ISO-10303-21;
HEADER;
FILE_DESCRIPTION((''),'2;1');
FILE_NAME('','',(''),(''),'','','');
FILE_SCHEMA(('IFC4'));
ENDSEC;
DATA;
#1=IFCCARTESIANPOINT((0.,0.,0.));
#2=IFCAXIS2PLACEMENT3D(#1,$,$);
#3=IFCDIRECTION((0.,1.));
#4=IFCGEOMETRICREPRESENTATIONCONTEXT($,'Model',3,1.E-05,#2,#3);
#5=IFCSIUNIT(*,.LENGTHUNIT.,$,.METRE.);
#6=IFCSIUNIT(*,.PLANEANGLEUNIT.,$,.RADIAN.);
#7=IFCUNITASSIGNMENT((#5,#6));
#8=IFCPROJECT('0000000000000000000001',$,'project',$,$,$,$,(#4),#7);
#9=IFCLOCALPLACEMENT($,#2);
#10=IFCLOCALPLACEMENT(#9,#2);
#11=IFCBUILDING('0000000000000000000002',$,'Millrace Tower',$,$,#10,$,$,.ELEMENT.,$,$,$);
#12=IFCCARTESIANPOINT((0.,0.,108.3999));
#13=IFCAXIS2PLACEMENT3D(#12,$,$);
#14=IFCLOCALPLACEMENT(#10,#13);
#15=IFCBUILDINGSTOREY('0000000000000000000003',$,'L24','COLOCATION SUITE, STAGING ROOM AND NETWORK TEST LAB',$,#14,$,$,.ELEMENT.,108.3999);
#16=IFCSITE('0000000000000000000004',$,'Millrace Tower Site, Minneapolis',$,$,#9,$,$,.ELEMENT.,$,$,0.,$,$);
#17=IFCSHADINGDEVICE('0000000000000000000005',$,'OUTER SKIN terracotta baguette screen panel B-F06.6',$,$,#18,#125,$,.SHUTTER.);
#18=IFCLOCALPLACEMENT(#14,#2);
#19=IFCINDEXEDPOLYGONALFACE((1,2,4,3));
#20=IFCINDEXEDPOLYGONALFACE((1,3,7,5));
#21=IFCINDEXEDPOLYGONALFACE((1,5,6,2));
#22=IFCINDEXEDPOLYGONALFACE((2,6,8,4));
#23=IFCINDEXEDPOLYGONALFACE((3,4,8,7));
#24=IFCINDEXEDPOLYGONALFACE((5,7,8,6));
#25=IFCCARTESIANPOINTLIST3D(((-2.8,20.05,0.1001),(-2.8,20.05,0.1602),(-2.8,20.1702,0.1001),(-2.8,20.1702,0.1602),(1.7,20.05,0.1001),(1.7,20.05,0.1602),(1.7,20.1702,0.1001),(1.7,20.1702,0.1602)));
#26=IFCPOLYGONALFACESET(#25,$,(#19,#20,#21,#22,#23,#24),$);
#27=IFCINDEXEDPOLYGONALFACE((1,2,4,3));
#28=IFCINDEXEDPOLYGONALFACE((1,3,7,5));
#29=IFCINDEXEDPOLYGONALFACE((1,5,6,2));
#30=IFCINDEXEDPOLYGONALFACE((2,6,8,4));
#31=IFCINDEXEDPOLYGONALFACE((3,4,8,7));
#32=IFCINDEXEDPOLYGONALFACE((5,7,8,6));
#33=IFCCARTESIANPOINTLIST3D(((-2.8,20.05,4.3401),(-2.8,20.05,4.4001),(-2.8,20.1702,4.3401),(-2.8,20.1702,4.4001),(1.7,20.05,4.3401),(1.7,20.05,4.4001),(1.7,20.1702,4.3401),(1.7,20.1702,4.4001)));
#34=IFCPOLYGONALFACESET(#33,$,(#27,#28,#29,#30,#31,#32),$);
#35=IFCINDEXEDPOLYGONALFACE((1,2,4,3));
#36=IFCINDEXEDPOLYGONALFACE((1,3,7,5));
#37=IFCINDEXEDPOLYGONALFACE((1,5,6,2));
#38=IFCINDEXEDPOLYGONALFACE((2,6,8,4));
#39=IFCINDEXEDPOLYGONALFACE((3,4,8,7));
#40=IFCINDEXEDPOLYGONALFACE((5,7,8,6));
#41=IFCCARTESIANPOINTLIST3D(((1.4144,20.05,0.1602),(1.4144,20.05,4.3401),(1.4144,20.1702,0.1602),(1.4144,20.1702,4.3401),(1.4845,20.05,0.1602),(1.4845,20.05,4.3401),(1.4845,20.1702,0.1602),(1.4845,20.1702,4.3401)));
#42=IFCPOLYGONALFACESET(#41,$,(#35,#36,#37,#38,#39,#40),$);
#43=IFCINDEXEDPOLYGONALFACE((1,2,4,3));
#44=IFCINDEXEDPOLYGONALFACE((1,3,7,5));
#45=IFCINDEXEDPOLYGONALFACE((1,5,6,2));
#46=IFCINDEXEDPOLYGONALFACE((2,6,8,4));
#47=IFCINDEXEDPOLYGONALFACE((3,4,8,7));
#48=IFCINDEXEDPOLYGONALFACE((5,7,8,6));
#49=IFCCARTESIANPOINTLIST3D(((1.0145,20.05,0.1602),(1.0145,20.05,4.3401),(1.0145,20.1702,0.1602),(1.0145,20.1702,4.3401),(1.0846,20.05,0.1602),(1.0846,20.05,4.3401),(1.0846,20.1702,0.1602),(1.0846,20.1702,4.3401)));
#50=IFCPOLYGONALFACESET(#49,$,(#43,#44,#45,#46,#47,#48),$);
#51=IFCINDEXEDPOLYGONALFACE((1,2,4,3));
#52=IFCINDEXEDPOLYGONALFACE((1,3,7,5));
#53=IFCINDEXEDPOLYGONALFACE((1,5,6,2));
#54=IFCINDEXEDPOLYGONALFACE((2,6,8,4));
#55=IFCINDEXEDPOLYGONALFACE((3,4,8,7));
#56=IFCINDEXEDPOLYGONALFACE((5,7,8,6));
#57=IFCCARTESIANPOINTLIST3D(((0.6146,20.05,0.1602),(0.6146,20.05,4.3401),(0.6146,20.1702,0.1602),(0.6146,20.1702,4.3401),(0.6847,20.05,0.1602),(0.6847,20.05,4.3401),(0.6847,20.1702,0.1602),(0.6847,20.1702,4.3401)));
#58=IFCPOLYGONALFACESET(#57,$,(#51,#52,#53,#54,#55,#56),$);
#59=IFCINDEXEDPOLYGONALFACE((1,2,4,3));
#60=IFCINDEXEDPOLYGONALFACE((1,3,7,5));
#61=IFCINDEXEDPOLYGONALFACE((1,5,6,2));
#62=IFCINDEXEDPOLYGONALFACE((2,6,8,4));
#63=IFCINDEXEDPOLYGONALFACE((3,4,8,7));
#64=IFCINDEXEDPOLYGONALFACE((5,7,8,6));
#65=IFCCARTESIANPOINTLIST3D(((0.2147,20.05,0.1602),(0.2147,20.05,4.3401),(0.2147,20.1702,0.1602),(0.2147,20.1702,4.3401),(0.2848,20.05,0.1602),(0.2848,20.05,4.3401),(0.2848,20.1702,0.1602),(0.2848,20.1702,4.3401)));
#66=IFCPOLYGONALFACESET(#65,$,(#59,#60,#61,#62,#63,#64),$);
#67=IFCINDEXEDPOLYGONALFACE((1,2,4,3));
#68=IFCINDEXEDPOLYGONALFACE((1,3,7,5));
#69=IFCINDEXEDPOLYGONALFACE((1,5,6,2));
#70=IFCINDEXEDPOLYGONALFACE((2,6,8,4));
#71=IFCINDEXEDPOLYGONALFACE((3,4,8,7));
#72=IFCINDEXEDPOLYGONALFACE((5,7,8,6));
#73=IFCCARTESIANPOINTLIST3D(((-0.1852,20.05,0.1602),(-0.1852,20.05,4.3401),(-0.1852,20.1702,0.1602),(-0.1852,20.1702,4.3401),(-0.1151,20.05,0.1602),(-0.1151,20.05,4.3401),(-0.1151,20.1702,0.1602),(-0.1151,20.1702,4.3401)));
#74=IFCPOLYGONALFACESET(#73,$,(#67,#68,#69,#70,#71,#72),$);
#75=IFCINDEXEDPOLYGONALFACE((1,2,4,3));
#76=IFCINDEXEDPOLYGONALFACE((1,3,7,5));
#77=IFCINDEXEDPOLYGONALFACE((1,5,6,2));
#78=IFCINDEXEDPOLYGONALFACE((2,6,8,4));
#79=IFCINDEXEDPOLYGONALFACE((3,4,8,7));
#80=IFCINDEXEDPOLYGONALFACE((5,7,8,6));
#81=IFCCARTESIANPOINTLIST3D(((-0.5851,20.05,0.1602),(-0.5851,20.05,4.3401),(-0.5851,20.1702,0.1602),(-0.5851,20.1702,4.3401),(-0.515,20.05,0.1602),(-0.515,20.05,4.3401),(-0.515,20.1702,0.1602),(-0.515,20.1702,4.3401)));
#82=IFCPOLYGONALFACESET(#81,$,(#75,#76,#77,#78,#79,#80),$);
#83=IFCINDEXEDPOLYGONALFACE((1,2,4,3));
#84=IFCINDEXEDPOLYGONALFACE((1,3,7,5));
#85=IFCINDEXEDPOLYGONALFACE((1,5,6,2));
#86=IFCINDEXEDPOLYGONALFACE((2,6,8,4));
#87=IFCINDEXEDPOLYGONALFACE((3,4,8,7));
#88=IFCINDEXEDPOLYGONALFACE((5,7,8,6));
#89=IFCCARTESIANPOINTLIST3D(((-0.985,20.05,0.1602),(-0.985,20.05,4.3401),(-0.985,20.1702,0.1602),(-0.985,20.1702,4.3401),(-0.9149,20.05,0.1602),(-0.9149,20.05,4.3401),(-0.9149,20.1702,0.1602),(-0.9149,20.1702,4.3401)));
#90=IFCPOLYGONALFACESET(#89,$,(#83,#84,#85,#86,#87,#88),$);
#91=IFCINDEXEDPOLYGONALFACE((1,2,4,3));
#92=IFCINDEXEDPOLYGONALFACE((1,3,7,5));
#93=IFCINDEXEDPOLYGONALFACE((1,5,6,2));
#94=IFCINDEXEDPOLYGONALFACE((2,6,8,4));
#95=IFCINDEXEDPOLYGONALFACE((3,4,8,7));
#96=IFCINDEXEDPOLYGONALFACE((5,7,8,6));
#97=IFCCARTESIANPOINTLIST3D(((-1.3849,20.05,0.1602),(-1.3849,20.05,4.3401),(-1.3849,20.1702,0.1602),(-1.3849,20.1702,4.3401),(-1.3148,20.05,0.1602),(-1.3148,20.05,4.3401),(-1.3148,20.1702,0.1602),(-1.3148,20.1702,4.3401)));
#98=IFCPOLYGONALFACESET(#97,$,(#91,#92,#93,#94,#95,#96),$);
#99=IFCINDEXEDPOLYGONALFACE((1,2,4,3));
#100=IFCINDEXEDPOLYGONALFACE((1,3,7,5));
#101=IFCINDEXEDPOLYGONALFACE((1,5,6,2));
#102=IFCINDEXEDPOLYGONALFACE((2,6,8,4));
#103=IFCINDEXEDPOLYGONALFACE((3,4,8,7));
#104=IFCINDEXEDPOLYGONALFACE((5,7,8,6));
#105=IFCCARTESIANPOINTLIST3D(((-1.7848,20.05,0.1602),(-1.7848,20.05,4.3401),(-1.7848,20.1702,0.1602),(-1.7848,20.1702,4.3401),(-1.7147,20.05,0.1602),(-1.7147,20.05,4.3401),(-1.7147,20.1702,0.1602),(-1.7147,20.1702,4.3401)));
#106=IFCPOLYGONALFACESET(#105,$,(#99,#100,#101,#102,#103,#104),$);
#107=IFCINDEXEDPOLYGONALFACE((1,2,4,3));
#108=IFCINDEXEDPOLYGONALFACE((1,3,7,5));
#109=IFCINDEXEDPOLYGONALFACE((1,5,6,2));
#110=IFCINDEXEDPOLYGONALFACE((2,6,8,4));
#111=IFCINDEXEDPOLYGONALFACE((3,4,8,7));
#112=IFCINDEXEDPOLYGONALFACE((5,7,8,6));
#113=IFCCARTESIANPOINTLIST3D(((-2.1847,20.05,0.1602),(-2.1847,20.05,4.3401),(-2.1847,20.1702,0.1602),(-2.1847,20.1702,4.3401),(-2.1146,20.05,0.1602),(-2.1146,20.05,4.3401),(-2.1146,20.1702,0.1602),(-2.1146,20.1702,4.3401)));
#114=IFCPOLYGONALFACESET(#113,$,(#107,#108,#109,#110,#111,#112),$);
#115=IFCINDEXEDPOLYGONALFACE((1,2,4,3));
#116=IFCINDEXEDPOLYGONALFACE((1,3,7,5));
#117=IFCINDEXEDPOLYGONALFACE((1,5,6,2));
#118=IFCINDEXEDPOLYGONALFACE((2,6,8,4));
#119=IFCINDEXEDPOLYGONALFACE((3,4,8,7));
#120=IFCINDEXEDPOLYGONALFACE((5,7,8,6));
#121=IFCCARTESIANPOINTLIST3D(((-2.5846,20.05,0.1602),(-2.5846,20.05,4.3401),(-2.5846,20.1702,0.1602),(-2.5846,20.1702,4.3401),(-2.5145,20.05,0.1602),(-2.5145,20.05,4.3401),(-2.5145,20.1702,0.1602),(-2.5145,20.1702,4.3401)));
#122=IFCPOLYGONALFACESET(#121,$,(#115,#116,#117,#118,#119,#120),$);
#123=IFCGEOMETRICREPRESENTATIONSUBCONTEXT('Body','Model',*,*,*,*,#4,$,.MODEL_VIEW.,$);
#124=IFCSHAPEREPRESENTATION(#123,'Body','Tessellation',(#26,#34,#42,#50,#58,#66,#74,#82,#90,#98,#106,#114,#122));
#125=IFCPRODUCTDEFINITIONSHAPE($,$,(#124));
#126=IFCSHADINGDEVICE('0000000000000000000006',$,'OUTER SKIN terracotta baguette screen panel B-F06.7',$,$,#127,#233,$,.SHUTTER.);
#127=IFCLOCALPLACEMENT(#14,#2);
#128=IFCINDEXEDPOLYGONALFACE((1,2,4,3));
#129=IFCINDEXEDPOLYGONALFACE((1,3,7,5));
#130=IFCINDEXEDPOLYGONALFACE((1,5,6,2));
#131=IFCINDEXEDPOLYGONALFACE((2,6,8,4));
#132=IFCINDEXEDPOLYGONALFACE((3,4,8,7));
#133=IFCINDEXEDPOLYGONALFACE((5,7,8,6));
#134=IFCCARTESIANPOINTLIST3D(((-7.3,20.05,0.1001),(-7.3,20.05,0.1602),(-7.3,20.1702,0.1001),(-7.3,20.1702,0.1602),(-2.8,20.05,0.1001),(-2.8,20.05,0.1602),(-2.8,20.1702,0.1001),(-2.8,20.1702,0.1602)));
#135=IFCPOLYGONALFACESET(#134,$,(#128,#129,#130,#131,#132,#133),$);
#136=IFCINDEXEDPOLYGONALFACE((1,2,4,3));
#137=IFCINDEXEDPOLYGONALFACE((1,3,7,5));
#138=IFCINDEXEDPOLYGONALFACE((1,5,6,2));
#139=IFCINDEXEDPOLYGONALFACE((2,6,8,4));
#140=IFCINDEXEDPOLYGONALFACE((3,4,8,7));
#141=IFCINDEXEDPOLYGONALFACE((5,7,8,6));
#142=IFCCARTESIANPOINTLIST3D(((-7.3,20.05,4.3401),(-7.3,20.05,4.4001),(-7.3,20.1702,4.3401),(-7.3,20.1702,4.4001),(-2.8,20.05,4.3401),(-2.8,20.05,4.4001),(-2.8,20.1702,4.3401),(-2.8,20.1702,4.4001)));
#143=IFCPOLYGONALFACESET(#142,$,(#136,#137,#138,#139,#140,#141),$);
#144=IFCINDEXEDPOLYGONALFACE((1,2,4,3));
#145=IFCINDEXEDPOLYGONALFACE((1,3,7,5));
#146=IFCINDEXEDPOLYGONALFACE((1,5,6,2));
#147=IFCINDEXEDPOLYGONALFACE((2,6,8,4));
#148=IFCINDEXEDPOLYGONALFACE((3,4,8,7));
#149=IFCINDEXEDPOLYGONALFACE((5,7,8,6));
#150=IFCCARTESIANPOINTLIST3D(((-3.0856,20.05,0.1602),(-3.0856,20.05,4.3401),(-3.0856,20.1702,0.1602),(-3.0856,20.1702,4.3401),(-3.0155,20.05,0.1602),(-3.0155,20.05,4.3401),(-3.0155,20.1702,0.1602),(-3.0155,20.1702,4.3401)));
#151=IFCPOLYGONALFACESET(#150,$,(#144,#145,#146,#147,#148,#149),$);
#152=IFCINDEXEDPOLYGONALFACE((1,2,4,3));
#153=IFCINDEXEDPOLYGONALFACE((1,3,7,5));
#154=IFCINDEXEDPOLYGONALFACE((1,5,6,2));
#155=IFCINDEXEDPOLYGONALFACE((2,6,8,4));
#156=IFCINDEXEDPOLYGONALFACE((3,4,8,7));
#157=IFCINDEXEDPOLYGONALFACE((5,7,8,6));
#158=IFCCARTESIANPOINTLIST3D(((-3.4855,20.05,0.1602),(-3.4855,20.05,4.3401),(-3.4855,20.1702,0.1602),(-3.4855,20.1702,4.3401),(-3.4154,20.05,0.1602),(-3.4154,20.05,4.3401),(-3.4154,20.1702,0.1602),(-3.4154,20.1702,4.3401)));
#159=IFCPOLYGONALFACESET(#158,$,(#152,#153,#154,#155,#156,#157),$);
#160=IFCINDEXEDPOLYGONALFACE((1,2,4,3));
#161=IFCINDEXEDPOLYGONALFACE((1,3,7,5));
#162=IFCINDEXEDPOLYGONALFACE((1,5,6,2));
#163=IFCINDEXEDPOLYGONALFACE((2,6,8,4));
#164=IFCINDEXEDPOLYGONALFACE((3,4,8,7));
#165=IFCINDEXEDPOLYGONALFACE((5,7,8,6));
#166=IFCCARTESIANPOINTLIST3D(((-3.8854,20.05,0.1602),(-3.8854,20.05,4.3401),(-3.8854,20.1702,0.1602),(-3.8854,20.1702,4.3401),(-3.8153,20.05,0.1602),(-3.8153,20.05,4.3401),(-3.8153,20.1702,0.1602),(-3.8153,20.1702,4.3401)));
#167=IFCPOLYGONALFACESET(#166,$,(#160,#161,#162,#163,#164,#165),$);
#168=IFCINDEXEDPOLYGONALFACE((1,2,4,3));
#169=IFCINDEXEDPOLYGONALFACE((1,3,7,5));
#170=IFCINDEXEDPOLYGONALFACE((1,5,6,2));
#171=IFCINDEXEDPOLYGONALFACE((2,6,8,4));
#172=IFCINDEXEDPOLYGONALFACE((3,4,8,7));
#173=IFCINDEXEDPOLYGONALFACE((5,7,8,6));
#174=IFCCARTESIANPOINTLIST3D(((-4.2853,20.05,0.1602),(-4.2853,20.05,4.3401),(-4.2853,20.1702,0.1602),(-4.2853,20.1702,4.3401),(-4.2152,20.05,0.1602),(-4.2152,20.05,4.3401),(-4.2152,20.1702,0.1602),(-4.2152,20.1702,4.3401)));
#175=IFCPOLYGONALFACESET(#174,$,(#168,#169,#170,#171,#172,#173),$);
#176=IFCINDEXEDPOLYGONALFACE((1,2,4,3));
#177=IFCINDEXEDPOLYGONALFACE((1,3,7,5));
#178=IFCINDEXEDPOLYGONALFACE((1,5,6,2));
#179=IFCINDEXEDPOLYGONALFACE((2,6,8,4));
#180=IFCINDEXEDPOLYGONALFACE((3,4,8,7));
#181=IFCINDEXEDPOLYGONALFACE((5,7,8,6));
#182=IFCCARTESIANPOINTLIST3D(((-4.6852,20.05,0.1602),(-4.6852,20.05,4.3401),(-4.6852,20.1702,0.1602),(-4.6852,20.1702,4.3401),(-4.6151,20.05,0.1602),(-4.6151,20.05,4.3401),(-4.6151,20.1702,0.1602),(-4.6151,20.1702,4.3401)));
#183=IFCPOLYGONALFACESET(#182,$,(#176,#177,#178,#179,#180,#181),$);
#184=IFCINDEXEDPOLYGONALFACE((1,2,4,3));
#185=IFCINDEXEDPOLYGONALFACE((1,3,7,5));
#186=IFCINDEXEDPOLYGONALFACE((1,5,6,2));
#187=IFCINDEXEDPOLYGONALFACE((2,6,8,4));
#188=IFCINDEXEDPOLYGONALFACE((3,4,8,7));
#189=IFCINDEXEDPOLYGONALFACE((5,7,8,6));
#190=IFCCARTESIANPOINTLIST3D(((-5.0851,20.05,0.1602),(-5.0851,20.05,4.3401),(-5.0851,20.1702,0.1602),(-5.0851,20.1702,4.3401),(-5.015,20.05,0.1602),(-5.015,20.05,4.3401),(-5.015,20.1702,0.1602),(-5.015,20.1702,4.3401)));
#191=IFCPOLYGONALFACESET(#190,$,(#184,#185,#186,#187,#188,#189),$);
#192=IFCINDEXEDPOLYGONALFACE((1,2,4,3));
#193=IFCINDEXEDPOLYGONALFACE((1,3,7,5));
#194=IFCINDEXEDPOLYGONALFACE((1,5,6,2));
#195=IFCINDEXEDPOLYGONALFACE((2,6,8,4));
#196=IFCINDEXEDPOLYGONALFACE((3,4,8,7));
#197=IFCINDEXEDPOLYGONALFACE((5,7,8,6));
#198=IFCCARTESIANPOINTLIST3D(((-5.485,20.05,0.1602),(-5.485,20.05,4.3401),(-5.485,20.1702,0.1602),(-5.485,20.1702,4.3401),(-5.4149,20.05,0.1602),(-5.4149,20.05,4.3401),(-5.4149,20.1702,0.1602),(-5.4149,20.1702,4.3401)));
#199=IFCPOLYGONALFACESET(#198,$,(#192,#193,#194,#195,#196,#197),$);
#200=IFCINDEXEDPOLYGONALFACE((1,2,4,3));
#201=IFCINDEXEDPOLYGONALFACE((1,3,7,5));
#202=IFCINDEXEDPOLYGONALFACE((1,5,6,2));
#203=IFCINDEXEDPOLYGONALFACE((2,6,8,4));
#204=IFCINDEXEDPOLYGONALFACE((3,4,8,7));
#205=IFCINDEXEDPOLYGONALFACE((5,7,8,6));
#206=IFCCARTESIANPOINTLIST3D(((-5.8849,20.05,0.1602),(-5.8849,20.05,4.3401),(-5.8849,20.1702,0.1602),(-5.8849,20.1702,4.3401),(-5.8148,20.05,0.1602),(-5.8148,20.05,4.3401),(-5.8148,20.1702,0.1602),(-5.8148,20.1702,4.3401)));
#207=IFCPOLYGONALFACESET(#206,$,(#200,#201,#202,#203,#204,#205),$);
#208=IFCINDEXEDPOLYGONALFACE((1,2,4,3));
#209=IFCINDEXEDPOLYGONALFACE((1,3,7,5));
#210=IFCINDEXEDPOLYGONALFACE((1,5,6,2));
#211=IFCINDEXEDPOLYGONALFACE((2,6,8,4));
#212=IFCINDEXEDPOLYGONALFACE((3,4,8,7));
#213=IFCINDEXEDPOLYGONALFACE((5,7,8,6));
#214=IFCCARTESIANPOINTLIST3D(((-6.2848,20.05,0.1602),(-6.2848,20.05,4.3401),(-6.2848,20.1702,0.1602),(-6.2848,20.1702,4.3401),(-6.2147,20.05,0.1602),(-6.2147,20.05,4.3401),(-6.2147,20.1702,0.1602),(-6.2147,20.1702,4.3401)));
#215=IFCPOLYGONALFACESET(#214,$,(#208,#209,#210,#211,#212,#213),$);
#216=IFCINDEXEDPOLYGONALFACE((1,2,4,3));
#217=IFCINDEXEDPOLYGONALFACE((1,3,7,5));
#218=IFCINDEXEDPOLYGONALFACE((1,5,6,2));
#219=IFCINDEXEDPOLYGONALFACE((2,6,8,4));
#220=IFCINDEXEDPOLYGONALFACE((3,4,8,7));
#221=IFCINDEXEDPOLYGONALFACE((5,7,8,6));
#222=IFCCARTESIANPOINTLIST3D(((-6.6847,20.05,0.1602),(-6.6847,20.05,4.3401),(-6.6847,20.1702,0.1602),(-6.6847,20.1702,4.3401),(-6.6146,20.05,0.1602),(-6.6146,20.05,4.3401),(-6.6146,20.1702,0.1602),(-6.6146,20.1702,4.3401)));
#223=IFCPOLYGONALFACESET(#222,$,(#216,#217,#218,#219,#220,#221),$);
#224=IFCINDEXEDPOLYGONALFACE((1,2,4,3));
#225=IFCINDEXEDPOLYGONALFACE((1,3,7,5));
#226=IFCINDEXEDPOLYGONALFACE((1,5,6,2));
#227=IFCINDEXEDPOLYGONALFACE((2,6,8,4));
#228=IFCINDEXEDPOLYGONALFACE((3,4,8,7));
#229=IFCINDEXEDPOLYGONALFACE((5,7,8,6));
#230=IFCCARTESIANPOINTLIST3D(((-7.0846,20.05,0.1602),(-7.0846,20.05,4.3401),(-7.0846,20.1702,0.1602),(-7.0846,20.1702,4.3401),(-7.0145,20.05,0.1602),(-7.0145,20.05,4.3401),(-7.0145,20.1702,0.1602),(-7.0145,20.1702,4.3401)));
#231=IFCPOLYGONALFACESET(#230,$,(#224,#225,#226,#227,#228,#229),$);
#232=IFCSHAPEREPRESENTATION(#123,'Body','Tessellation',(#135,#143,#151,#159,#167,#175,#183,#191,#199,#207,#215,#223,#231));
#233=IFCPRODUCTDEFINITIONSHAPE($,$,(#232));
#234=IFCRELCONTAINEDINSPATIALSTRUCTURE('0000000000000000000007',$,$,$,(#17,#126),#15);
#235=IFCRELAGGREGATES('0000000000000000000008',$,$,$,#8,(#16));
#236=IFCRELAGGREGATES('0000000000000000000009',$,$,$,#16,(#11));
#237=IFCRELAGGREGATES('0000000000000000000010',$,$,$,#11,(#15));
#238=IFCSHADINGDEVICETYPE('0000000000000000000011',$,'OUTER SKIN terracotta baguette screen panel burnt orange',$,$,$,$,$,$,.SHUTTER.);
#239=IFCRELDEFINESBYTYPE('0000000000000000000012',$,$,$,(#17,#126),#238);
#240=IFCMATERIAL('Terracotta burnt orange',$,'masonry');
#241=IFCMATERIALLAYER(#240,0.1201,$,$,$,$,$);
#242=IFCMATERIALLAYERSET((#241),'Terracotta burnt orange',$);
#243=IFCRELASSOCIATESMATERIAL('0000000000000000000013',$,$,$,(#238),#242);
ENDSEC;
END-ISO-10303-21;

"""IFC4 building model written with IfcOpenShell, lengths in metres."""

from ifc_helpers import new_model, entity, si_unit, direction, frame, frame_2d, origin, origin_2d, place, context, subcontext, project, spatial, rectangle, extrude, source, transform, mapped, material, layer, layer_set, type_object, element, save


model = new_model("IFC4")

# Units and contexts
model_context = context("Model", 3, precision=1e-05, world=origin(), true_north=direction((0.0, 1.0)))
body_context = subcontext(model_context, "Body", "Model", "MODEL_VIEW")
ifc_project = project(units=[si_unit("LENGTHUNIT", "METRE"), si_unit("PLANEANGLEUNIT", "RADIAN")], contexts=[model_context])

# Site, building, storey
site_placement = place(None, origin())
site = spatial("IfcSite", under=ifc_project, at=site_placement, Name="Millrace Tower Site, Minneapolis", CompositionType="ELEMENT", RefElevation=0.0)
building_placement = place(site_placement, origin())
building = spatial("IfcBuilding", under=site, at=building_placement, Name="Millrace Tower", CompositionType="ELEMENT")
storey_placement = place(building_placement, frame((0.0, 0.0, 108.3999)))
storey = spatial("IfcBuildingStorey", under=building, at=storey_placement, Name="L24", Description="COLOCATION SUITE, STAGING ROOM AND NETWORK TEST LAB", CompositionType="ELEMENT", Elevation=108.3999)

# Shading devices
ifc_material_1 = material(Name="Terracotta burnt orange", Category="masonry")
ifc_layer_1 = layer(ifc_material_1, 0.1201)
ifc_layer_set_1 = layer_set([ifc_layer_1], Name="Terracotta burnt orange")
shading_device_type = type_object("IfcShadingDeviceType", Name="OUTER SKIN terracotta baguette screen panel burnt orange", PredefinedType="SHUTTER", material=ifc_layer_set_1)
cartesian_point = entity("IfcCartesianPoint", [-2.25, 0.0601])
shared_polyline = entity("IfcPolyline", [cartesian_point, entity("IfcCartesianPoint", [2.25, 0.0601]), entity("IfcCartesianPoint", [2.25, -0.0601]), entity("IfcCartesianPoint", [-2.25, -0.0601]), cartesian_point])
shared_shape = source(origin(), body_context, "Body", "SweptSolid", [
    entity("IfcExtrudedAreaSolid", entity("IfcArbitraryClosedProfileDef", "AREA", None, shared_polyline), entity("IfcAxis2Placement3D", entity("IfcCartesianPoint", [0.0, 0.0, 0.0])), entity("IfcDirection", [0.0, 0.0, 1.0]), 0.0601),
    entity("IfcExtrudedAreaSolid", entity("IfcArbitraryClosedProfileDef", "AREA", None, shared_polyline), entity("IfcAxis2Placement3D", entity("IfcCartesianPoint", [0.0, 0.0, 4.24])), entity("IfcDirection", [0.0, 0.0, 1.0]), 0.0601),
    extrude(rectangle(XDim=0.0701, YDim=0.1201, at=frame_2d((-1.9995, 0.0))), frame((0.0, 0.0, 0.0601)), (0.0, 0.0, 1.0), 4.1799),
    extrude(rectangle(XDim=0.0701, YDim=0.1201, at=frame_2d((-1.5996, 0.0))), frame((0.0, 0.0, 0.0601)), (0.0, 0.0, 1.0), 4.1799),
    extrude(rectangle(XDim=0.0701, YDim=0.1201, at=frame_2d((-1.1997, 0.0))), frame((0.0, 0.0, 0.0601)), (0.0, 0.0, 1.0), 4.1799),
    extrude(rectangle(XDim=0.0701, YDim=0.1201, at=frame_2d((-0.7998, 0.0))), frame((0.0, 0.0, 0.0601)), (0.0, 0.0, 1.0), 4.1799),
    extrude(rectangle(XDim=0.0701, YDim=0.1201, at=frame_2d((-0.3999, 0.0))), frame((0.0, 0.0, 0.0601)), (0.0, 0.0, 1.0), 4.1799),
    extrude(rectangle(XDim=0.0701, YDim=0.1201, at=origin_2d()), frame((0.0, 0.0, 0.0601)), (0.0, 0.0, 1.0), 4.1799),
    extrude(rectangle(XDim=0.0701, YDim=0.1201, at=frame_2d((0.3999, 0.0))), frame((0.0, 0.0, 0.0601)), (0.0, 0.0, 1.0), 4.1799),
    extrude(rectangle(XDim=0.0701, YDim=0.1201, at=frame_2d((0.7998, 0.0))), frame((0.0, 0.0, 0.0601)), (0.0, 0.0, 1.0), 4.1799),
    extrude(rectangle(XDim=0.0701, YDim=0.1201, at=frame_2d((1.1997, 0.0))), frame((0.0, 0.0, 0.0601)), (0.0, 0.0, 1.0), 4.1799),
    extrude(rectangle(XDim=0.0701, YDim=0.1201, at=frame_2d((1.5996, 0.0))), frame((0.0, 0.0, 0.0601)), (0.0, 0.0, 1.0), 4.1799),
    extrude(rectangle(XDim=0.0701, YDim=0.1201, at=frame_2d((1.9995, 0.0))), frame((0.0, 0.0, 0.0601)), (0.0, 0.0, 1.0), 4.1799),
])
for number, where, z_axis, x_axis, name in (
    (1, (-0.55, 20.1101, 0.1001), (0.0, 0.0, 1.0), (-1.0, 0.0, 0.0), "OUTER SKIN terracotta baguette screen panel B-F06.6"),
    (2, (-5.05, 20.1101, 0.1001), (0.0, 0.0, 1.0), (-1.0, 0.0, 0.0), "OUTER SKIN terracotta baguette screen panel B-F06.7"),
):
    element("IfcShadingDevice", number, at=place(storey_placement, frame(where, z_axis=z_axis, x_axis=x_axis)), inside=storey, type_object=shading_device_type, Name=name, PredefinedType="SHUTTER", context=body_context, shape_type="MappedRepresentation", body=[
        mapped(shared_shape, transform((0.0, 0.0, 0.0), scale=1.0)),
    ])

save(model, "model.ifc")
